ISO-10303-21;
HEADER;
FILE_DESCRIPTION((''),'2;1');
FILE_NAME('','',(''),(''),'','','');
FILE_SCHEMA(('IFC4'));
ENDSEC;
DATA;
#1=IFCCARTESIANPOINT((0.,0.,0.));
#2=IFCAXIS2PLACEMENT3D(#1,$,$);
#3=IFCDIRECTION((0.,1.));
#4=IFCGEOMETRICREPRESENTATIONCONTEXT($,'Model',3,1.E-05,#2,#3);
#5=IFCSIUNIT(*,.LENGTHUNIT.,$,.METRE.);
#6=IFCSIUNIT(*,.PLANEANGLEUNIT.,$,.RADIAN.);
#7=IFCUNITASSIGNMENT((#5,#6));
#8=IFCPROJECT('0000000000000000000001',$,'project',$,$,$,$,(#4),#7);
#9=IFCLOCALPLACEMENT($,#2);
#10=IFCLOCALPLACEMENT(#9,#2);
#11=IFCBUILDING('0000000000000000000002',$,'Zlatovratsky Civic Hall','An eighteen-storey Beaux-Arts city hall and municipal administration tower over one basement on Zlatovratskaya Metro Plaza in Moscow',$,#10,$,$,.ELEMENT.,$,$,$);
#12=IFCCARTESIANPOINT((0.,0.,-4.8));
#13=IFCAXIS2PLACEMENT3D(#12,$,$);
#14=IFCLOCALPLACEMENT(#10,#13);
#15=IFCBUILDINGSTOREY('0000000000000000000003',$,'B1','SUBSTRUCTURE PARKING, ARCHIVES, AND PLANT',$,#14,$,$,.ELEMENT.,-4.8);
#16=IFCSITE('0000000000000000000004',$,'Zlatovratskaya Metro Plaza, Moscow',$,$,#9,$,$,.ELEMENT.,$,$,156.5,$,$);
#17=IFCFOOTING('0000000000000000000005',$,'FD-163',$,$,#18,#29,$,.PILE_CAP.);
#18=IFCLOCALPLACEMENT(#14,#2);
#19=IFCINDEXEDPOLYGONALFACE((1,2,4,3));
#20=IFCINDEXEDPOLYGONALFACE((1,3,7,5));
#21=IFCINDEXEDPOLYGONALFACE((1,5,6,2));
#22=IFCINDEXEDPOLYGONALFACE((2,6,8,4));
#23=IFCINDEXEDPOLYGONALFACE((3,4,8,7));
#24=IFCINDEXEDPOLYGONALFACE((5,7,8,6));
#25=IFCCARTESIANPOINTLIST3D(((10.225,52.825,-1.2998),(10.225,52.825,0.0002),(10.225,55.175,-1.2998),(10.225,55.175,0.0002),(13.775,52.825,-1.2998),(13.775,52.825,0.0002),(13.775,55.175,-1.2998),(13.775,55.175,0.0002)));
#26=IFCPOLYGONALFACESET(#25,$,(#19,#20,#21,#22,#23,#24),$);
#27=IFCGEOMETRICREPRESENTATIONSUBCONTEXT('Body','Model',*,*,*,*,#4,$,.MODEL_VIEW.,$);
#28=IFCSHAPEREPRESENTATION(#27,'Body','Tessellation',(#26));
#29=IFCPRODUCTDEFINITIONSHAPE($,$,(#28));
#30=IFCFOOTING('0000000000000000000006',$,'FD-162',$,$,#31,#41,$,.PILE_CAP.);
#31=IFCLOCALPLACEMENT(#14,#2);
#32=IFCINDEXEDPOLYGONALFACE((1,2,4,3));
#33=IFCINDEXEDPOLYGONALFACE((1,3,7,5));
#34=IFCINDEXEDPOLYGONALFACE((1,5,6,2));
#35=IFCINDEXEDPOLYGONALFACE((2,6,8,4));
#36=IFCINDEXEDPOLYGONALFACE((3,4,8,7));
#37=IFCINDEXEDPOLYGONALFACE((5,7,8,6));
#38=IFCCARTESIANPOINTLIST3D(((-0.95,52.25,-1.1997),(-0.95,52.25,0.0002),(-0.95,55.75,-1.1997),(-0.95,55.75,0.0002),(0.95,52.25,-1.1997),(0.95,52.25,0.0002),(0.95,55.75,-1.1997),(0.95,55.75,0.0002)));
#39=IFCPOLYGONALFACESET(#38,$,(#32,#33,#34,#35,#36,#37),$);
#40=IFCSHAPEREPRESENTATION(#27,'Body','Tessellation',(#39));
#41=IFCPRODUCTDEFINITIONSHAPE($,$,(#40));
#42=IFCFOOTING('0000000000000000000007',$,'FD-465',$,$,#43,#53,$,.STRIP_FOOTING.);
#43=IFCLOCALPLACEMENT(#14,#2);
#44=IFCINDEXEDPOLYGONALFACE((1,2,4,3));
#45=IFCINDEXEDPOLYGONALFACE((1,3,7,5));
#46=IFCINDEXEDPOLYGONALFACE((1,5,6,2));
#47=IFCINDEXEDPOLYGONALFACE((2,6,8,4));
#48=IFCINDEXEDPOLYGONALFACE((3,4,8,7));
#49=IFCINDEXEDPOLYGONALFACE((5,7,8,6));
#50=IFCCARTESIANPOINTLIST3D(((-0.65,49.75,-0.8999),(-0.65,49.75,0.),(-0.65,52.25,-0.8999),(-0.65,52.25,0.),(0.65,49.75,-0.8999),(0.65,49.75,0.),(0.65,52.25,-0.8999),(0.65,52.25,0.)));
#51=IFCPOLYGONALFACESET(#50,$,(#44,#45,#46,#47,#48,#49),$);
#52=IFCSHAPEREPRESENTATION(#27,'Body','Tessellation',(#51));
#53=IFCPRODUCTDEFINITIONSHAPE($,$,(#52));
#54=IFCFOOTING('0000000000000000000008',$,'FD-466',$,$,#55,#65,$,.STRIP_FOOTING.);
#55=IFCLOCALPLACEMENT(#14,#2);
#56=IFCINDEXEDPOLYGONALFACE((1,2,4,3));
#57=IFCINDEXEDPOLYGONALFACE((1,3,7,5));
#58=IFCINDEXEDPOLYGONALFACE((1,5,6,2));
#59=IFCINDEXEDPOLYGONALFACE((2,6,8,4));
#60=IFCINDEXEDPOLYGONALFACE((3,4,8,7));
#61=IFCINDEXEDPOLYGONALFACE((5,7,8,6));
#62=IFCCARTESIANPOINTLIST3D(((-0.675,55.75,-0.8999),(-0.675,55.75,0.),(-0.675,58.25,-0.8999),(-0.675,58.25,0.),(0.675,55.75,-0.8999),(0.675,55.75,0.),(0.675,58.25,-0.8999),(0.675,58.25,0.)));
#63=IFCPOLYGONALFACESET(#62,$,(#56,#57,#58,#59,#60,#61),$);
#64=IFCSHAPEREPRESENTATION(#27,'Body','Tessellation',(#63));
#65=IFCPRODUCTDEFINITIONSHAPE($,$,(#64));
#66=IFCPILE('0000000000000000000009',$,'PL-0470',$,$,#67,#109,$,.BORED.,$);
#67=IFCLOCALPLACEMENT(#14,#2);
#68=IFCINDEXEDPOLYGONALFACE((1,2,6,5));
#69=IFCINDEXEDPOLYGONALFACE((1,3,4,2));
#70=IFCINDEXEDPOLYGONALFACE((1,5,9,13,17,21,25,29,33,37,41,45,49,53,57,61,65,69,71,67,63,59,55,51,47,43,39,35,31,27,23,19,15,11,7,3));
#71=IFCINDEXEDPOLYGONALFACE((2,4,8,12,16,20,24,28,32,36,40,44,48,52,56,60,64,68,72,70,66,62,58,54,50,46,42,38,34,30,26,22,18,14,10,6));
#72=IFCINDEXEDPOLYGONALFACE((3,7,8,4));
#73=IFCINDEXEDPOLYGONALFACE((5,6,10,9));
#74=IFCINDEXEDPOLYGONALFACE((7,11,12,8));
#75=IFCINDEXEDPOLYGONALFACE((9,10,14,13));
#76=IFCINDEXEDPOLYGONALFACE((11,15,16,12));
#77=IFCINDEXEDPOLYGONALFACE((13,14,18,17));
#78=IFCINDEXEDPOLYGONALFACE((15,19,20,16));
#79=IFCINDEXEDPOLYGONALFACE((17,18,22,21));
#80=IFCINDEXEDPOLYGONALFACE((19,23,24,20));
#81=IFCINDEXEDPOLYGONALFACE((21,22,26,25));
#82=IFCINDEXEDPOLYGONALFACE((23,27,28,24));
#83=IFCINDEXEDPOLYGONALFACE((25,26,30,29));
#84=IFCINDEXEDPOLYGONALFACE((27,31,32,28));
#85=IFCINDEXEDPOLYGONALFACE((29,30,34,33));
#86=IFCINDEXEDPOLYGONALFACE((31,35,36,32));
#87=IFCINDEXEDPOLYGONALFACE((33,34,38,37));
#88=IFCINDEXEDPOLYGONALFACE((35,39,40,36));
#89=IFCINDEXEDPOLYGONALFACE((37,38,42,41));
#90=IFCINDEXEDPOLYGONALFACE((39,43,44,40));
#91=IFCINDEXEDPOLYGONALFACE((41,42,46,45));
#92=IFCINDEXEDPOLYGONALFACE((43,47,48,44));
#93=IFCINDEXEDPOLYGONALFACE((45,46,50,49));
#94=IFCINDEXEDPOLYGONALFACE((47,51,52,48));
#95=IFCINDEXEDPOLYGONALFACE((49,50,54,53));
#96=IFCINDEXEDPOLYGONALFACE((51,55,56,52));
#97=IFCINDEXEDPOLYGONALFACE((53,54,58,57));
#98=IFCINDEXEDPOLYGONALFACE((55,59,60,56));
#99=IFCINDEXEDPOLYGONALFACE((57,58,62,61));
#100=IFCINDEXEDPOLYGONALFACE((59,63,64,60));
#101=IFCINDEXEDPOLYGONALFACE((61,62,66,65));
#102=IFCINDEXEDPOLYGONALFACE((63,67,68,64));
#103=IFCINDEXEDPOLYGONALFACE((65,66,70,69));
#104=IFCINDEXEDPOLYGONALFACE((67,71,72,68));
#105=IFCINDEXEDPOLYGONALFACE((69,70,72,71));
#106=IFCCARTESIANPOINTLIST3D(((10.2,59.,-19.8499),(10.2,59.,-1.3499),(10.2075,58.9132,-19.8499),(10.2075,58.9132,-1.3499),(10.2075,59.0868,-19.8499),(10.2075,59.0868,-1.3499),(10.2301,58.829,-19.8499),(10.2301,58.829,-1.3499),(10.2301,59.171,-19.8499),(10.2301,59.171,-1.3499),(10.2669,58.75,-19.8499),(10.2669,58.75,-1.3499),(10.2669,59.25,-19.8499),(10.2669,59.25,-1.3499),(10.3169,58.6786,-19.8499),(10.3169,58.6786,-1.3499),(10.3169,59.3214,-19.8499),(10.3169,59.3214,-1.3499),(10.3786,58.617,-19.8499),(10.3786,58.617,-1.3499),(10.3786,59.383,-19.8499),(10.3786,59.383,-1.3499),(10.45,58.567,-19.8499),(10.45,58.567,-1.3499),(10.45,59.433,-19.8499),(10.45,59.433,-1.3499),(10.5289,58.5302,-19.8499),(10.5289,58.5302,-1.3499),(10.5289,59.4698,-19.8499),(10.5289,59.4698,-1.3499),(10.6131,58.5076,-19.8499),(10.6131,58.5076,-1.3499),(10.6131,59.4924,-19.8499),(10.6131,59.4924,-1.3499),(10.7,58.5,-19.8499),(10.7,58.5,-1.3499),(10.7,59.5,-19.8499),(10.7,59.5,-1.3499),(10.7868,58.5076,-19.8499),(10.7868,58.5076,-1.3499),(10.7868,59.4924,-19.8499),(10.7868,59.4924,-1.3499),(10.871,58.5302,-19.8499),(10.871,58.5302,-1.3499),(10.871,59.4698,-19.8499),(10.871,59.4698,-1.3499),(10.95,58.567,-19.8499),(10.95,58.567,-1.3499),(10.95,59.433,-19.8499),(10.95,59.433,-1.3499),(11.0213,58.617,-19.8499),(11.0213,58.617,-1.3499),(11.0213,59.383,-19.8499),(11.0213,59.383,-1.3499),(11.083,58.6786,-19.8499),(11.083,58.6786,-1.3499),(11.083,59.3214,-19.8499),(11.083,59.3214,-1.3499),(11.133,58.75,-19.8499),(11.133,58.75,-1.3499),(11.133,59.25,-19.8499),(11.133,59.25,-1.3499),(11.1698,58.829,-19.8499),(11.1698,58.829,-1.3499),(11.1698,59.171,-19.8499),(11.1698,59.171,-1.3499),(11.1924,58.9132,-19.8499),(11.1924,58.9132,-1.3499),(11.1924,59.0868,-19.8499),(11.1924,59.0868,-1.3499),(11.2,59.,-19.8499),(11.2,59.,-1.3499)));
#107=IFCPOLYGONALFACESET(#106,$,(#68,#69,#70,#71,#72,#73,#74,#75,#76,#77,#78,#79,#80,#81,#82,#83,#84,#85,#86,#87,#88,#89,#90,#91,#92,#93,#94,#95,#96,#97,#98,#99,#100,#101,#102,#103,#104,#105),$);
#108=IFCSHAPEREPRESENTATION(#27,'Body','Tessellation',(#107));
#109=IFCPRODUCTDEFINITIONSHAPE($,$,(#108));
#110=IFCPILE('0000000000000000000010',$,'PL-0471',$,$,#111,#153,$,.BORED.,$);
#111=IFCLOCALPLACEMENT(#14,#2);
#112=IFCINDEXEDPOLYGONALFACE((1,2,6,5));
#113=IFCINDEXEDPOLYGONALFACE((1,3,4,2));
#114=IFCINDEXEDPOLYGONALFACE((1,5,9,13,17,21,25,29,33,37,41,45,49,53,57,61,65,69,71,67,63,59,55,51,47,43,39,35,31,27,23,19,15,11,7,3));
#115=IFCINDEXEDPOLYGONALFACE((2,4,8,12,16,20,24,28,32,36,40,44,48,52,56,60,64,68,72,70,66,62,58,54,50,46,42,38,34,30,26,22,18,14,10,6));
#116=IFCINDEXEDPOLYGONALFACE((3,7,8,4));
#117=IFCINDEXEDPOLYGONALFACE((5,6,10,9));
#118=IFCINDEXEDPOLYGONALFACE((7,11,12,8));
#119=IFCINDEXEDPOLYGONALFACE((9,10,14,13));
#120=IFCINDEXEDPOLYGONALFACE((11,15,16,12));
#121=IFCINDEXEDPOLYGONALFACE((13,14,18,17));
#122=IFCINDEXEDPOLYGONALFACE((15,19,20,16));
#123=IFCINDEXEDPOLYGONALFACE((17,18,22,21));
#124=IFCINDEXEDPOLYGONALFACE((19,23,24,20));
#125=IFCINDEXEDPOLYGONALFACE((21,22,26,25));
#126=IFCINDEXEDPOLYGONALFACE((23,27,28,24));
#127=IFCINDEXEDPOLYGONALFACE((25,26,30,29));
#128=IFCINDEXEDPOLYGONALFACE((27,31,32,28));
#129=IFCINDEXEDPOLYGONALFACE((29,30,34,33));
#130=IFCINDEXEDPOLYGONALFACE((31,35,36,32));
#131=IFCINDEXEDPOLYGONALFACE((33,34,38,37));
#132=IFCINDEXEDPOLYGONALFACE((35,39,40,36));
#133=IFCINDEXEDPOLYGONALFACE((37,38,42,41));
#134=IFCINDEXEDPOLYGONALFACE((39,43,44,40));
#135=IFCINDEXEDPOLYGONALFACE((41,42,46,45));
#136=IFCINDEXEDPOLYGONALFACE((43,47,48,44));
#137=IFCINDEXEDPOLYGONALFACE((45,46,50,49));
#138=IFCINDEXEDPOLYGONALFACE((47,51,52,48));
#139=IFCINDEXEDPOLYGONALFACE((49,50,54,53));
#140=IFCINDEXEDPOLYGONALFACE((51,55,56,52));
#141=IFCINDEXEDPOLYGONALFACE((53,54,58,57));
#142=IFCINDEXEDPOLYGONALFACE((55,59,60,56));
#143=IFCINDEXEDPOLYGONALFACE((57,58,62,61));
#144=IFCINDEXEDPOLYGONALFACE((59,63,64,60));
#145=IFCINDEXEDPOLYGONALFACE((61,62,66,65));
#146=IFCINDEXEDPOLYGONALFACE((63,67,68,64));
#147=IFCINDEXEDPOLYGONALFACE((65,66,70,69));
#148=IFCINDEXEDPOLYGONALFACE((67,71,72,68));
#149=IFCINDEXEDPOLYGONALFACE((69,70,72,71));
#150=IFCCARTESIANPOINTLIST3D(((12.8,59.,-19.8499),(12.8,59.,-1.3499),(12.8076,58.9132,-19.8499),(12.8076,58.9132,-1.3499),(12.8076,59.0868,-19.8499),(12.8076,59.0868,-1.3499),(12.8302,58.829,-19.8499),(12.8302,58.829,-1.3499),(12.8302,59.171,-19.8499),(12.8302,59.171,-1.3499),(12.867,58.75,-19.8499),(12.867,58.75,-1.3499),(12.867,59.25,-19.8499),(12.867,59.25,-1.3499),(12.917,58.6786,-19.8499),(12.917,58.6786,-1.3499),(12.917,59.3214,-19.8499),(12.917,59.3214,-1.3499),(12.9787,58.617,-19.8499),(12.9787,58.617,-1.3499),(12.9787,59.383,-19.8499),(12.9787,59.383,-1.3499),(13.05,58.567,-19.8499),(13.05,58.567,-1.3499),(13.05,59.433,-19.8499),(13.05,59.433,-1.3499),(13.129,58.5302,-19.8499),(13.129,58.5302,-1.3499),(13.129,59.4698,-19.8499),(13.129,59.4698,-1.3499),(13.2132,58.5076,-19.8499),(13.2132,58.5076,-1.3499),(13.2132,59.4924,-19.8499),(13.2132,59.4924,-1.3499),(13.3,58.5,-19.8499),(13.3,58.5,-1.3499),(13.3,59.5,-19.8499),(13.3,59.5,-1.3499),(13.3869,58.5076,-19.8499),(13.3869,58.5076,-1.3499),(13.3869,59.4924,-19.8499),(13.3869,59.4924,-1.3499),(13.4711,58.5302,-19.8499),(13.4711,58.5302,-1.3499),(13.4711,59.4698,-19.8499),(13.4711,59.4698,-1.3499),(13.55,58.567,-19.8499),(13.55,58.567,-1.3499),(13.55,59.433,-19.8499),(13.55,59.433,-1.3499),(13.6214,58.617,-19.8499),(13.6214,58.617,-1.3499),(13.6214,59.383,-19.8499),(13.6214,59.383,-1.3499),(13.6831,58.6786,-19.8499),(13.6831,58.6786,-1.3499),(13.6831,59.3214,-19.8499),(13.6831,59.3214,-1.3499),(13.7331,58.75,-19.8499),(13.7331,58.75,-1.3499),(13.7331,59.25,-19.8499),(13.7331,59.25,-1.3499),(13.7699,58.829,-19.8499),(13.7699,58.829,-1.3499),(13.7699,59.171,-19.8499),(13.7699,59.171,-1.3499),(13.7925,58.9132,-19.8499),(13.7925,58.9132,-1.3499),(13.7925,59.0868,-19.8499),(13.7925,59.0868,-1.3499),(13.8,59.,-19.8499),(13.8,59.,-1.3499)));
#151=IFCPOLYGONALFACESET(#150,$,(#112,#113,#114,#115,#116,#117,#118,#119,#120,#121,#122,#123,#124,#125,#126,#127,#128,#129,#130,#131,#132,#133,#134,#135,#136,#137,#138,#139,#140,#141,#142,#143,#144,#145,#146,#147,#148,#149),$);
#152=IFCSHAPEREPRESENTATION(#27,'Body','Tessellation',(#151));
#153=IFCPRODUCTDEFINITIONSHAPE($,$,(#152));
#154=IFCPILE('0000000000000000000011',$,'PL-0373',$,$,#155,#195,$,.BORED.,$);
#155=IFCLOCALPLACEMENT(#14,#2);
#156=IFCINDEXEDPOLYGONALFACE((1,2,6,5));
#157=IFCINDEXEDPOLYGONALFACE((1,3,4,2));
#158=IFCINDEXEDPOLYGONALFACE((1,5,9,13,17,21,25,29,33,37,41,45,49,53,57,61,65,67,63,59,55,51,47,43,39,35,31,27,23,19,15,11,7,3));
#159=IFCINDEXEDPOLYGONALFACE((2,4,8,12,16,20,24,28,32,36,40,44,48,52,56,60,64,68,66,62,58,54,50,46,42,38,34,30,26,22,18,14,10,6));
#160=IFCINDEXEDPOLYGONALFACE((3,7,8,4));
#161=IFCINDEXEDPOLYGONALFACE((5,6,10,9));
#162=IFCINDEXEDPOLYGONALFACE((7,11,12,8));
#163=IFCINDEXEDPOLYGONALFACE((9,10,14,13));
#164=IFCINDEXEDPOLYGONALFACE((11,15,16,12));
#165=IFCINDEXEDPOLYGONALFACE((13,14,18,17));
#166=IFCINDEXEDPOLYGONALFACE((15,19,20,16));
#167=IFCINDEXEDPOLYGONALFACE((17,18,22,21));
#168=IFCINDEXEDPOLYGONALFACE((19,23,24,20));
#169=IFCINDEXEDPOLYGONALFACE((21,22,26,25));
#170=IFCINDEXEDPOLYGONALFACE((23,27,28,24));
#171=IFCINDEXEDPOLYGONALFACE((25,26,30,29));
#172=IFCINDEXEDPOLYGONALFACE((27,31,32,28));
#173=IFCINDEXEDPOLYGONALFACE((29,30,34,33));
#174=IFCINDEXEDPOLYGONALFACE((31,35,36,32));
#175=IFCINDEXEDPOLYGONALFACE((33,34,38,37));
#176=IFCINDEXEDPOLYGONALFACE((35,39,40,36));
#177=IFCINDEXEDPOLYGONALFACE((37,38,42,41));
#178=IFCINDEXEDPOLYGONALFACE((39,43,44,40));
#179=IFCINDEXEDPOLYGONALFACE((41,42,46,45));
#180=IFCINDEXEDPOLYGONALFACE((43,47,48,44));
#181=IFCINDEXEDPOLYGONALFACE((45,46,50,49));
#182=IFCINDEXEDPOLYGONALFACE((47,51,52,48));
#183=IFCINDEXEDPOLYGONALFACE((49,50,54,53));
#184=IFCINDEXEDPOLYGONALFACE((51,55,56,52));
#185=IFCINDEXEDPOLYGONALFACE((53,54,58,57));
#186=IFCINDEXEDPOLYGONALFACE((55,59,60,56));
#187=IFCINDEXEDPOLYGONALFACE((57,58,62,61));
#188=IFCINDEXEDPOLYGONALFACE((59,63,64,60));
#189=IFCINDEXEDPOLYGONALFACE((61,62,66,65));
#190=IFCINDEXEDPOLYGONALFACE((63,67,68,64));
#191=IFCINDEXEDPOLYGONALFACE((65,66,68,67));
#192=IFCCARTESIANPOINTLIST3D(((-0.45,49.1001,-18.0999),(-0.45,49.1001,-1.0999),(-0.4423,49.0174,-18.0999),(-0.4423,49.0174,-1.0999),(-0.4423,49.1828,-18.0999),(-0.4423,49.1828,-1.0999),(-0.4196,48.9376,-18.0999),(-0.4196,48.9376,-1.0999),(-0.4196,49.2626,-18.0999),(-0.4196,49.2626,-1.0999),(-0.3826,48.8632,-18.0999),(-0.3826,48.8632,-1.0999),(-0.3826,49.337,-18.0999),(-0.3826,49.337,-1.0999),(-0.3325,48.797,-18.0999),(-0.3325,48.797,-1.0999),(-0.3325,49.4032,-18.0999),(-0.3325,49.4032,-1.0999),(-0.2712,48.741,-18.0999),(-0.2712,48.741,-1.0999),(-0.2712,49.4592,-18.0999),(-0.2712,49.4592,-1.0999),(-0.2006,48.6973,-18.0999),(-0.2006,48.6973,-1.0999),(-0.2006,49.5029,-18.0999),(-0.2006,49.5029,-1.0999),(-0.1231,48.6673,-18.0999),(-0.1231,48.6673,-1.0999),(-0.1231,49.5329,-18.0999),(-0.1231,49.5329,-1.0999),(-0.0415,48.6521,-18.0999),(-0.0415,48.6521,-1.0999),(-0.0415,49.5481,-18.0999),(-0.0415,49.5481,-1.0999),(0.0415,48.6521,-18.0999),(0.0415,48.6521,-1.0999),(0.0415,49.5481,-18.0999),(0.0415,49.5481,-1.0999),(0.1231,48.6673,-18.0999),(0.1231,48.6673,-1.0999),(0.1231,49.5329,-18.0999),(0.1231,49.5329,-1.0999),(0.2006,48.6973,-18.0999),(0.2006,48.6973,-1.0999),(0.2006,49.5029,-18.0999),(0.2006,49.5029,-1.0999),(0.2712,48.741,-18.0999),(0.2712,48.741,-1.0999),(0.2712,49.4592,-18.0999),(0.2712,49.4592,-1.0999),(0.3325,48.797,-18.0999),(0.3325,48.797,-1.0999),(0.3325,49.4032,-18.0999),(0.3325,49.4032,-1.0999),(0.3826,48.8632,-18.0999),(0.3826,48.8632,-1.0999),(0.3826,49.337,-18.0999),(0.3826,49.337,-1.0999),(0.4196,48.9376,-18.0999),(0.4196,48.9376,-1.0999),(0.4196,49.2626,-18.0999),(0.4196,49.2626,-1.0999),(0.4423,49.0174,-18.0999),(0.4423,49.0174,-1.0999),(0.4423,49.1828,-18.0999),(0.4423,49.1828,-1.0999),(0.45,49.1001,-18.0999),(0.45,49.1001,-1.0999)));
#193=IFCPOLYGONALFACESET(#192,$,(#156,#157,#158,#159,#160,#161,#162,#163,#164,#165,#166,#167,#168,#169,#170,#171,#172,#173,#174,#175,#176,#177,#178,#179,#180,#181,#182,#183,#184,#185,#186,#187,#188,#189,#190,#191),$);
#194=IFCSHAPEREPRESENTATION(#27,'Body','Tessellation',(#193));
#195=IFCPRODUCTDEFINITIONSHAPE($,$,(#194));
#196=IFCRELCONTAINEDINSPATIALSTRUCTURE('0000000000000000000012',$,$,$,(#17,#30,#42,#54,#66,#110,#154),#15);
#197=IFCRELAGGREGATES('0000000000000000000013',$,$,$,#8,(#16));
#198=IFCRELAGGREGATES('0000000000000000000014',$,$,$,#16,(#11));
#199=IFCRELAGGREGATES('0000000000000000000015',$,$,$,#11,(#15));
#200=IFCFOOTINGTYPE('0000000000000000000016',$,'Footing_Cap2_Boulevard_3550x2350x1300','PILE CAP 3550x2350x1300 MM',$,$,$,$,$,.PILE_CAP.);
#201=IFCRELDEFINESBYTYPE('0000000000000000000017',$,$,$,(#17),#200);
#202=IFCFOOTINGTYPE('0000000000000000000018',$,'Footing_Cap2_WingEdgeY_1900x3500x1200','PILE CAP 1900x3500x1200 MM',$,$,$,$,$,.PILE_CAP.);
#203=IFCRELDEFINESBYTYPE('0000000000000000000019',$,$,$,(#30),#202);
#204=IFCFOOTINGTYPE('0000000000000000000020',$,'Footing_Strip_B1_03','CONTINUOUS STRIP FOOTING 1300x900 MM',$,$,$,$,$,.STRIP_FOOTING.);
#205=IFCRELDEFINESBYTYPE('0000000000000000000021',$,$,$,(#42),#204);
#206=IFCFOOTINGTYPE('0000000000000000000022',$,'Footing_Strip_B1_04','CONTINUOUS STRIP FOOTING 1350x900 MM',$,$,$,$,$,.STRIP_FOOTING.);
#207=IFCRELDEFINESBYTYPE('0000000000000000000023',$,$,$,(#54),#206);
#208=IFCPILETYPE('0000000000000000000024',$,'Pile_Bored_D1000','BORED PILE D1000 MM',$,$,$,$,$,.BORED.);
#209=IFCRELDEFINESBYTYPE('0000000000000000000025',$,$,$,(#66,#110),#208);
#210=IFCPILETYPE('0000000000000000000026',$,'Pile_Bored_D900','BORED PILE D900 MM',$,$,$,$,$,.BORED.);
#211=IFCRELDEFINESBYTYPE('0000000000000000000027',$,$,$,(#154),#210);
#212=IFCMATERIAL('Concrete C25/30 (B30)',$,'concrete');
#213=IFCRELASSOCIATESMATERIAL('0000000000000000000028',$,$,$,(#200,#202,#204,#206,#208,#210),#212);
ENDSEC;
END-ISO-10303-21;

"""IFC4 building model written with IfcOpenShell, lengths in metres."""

from ifc_helpers import new_model, si_unit, direction, frame, origin, origin_2d, place, context, subcontext, project, spatial, rectangle, circle, extrude, material, material_profile, profile_set, type_object, element, save


model = new_model("IFC4")

# Units and contexts
model_context = context("Model", 3, precision=1e-05, world=origin(), true_north=direction((0.0, 1.0)))
body_context = subcontext(model_context, "Body", "Model", "MODEL_VIEW")
ifc_project = project(units=[si_unit("LENGTHUNIT", "METRE"), si_unit("PLANEANGLEUNIT", "RADIAN")], contexts=[model_context])

# Site, building, storey
site_placement = place(None, origin())
site = spatial("IfcSite", under=ifc_project, at=site_placement, Name="Zlatovratskaya Metro Plaza, Moscow", CompositionType="ELEMENT", RefElevation=156.5)
building_placement = place(site_placement, origin())
building = spatial("IfcBuilding", under=site, at=building_placement, Name="Zlatovratsky Civic Hall", Description="An eighteen-storey Beaux-Arts city hall and municipal administration tower over one basement on Zlatovratskaya Metro Plaza in Moscow", CompositionType="ELEMENT")
storey_placement = place(building_placement, frame((0.0, 0.0, -4.8)))
storey = spatial("IfcBuildingStorey", under=building, at=storey_placement, Name="B1", Description="SUBSTRUCTURE PARKING, ARCHIVES, AND PLANT", CompositionType="ELEMENT", Elevation=-4.8)

# Footings
ifc_material_1 = material(Name="Concrete C25/30 (B30)", Category="concrete")
footing_type_1 = type_object("IfcFootingType", Name="Footing_Cap2_Boulevard_3550x2350x1300", Description="PILE CAP 3550x2350x1300 MM", PredefinedType="PILE_CAP", material=ifc_material_1)
footing_1_placement = place(storey_placement, frame((12.0, 54.0, -1.2998), z_axis=(0.0, 0.0, 1.0), x_axis=(1.0, 0.0, 0.0)))
element("IfcFooting", 1, at=footing_1_placement, inside=storey, type_object=footing_type_1, Name="FD-163", PredefinedType="PILE_CAP", context=body_context, shape_type="SweptSolid", body=[
    extrude(rectangle(XDim=3.55, YDim=2.3501, at=origin_2d()), origin(), (0.0, 0.0, 1.0), 1.3),
])
footing_type_2 = type_object("IfcFootingType", Name="Footing_Cap2_WingEdgeY_1900x3500x1200", Description="PILE CAP 1900x3500x1200 MM", PredefinedType="PILE_CAP", material=ifc_material_1)
footing_2_placement = place(storey_placement, frame((0.0, 54.0, -1.1997), z_axis=(0.0, 0.0, 1.0), x_axis=(1.0, 0.0, 0.0)))
element("IfcFooting", 2, at=footing_2_placement, inside=storey, type_object=footing_type_2, Name="FD-162", PredefinedType="PILE_CAP", context=body_context, shape_type="SweptSolid", body=[
    extrude(rectangle(XDim=1.8999, YDim=3.5, at=origin_2d()), origin(), (0.0, 0.0, 1.0), 1.2),
])
footing_type_3 = type_object("IfcFootingType", Name="Footing_Strip_B1_03", Description="CONTINUOUS STRIP FOOTING 1300x900 MM", PredefinedType="STRIP_FOOTING", material=ifc_material_1)
footing_3_placement = place(storey_placement, frame((0.0, 51.0, -0.8999), z_axis=(0.0, 0.0, 1.0), x_axis=(1.0, 0.0, 0.0)))
element("IfcFooting", 3, at=footing_3_placement, inside=storey, type_object=footing_type_3, Name="FD-465", PredefinedType="STRIP_FOOTING", context=body_context, shape_type="SweptSolid", body=[
    extrude(rectangle(XDim=1.3, YDim=2.5, at=origin_2d()), origin(), (0.0, 0.0, 1.0), 0.8999),
])
footing_type_4 = type_object("IfcFootingType", Name="Footing_Strip_B1_04", Description="CONTINUOUS STRIP FOOTING 1350x900 MM", PredefinedType="STRIP_FOOTING", material=ifc_material_1)
footing_4_placement = place(storey_placement, frame((0.0, 57.0, -0.8999), z_axis=(0.0, 0.0, 1.0), x_axis=(1.0, 0.0, 0.0)))
element("IfcFooting", 4, at=footing_4_placement, inside=storey, type_object=footing_type_4, Name="FD-466", PredefinedType="STRIP_FOOTING", context=body_context, shape_type="SweptSolid", body=[
    extrude(rectangle(XDim=1.3501, YDim=2.5, at=origin_2d()), origin(), (0.0, 0.0, 1.0), 0.8999),
])

# Piles
ifc_material_profile_1 = material_profile(ifc_material_1, circle(Radius=0.5, at=origin_2d()), Name="PILE D1000")
ifc_profile_set_1 = profile_set([ifc_material_profile_1], Name="Concrete C25/30 (B30)")
pile_type_1 = type_object("IfcPileType", Name="Pile_Bored_D1000", Description="BORED PILE D1000 MM", PredefinedType="BORED", material=ifc_profile_set_1)
for number, where, z_axis, x_axis, name in (
    (5, (10.7, 59.0, -1.3499), (0.0, 0.0, -1.0), (1.0, 0.0, 0.0), "PL-0470"),
    (6, (13.3, 59.0, -1.3499), (0.0, 0.0, -1.0), (1.0, 0.0, 0.0), "PL-0471"),
):
    element("IfcPile", number, at=place(storey_placement, frame(where, z_axis=z_axis, x_axis=x_axis)), inside=storey, type_object=pile_type_1, Name=name, PredefinedType="BORED", context=body_context, shape_type="SweptSolid", body=[
        extrude(circle(Radius=0.5, at=origin_2d()), origin(), (0.0, 0.0, 1.0), 18.5),
    ])
ifc_material_profile_2 = material_profile(ifc_material_1, circle(Radius=0.45, at=origin_2d()), Name="PILE D900")
ifc_profile_set_2 = profile_set([ifc_material_profile_2], Name="Concrete C25/30 (B30)")
pile_type_2 = type_object("IfcPileType", Name="Pile_Bored_D900", Description="BORED PILE D900 MM", PredefinedType="BORED", material=ifc_profile_set_2)
for number, where, z_axis, x_axis, name in (
    (7, (0.0, 49.1001, -1.0999), (0.0, 0.0, -1.0), (1.0, 0.0, 0.0), "PL-0373"),
):
    element("IfcPile", number, at=place(storey_placement, frame(where, z_axis=z_axis, x_axis=x_axis)), inside=storey, type_object=pile_type_2, Name=name, PredefinedType="BORED", context=body_context, shape_type="SweptSolid", body=[
        extrude(circle(Radius=0.45, at=origin_2d()), origin(), (0.0, 0.0, 1.0), 17.0),
    ])

save(model, "model.ifc")
